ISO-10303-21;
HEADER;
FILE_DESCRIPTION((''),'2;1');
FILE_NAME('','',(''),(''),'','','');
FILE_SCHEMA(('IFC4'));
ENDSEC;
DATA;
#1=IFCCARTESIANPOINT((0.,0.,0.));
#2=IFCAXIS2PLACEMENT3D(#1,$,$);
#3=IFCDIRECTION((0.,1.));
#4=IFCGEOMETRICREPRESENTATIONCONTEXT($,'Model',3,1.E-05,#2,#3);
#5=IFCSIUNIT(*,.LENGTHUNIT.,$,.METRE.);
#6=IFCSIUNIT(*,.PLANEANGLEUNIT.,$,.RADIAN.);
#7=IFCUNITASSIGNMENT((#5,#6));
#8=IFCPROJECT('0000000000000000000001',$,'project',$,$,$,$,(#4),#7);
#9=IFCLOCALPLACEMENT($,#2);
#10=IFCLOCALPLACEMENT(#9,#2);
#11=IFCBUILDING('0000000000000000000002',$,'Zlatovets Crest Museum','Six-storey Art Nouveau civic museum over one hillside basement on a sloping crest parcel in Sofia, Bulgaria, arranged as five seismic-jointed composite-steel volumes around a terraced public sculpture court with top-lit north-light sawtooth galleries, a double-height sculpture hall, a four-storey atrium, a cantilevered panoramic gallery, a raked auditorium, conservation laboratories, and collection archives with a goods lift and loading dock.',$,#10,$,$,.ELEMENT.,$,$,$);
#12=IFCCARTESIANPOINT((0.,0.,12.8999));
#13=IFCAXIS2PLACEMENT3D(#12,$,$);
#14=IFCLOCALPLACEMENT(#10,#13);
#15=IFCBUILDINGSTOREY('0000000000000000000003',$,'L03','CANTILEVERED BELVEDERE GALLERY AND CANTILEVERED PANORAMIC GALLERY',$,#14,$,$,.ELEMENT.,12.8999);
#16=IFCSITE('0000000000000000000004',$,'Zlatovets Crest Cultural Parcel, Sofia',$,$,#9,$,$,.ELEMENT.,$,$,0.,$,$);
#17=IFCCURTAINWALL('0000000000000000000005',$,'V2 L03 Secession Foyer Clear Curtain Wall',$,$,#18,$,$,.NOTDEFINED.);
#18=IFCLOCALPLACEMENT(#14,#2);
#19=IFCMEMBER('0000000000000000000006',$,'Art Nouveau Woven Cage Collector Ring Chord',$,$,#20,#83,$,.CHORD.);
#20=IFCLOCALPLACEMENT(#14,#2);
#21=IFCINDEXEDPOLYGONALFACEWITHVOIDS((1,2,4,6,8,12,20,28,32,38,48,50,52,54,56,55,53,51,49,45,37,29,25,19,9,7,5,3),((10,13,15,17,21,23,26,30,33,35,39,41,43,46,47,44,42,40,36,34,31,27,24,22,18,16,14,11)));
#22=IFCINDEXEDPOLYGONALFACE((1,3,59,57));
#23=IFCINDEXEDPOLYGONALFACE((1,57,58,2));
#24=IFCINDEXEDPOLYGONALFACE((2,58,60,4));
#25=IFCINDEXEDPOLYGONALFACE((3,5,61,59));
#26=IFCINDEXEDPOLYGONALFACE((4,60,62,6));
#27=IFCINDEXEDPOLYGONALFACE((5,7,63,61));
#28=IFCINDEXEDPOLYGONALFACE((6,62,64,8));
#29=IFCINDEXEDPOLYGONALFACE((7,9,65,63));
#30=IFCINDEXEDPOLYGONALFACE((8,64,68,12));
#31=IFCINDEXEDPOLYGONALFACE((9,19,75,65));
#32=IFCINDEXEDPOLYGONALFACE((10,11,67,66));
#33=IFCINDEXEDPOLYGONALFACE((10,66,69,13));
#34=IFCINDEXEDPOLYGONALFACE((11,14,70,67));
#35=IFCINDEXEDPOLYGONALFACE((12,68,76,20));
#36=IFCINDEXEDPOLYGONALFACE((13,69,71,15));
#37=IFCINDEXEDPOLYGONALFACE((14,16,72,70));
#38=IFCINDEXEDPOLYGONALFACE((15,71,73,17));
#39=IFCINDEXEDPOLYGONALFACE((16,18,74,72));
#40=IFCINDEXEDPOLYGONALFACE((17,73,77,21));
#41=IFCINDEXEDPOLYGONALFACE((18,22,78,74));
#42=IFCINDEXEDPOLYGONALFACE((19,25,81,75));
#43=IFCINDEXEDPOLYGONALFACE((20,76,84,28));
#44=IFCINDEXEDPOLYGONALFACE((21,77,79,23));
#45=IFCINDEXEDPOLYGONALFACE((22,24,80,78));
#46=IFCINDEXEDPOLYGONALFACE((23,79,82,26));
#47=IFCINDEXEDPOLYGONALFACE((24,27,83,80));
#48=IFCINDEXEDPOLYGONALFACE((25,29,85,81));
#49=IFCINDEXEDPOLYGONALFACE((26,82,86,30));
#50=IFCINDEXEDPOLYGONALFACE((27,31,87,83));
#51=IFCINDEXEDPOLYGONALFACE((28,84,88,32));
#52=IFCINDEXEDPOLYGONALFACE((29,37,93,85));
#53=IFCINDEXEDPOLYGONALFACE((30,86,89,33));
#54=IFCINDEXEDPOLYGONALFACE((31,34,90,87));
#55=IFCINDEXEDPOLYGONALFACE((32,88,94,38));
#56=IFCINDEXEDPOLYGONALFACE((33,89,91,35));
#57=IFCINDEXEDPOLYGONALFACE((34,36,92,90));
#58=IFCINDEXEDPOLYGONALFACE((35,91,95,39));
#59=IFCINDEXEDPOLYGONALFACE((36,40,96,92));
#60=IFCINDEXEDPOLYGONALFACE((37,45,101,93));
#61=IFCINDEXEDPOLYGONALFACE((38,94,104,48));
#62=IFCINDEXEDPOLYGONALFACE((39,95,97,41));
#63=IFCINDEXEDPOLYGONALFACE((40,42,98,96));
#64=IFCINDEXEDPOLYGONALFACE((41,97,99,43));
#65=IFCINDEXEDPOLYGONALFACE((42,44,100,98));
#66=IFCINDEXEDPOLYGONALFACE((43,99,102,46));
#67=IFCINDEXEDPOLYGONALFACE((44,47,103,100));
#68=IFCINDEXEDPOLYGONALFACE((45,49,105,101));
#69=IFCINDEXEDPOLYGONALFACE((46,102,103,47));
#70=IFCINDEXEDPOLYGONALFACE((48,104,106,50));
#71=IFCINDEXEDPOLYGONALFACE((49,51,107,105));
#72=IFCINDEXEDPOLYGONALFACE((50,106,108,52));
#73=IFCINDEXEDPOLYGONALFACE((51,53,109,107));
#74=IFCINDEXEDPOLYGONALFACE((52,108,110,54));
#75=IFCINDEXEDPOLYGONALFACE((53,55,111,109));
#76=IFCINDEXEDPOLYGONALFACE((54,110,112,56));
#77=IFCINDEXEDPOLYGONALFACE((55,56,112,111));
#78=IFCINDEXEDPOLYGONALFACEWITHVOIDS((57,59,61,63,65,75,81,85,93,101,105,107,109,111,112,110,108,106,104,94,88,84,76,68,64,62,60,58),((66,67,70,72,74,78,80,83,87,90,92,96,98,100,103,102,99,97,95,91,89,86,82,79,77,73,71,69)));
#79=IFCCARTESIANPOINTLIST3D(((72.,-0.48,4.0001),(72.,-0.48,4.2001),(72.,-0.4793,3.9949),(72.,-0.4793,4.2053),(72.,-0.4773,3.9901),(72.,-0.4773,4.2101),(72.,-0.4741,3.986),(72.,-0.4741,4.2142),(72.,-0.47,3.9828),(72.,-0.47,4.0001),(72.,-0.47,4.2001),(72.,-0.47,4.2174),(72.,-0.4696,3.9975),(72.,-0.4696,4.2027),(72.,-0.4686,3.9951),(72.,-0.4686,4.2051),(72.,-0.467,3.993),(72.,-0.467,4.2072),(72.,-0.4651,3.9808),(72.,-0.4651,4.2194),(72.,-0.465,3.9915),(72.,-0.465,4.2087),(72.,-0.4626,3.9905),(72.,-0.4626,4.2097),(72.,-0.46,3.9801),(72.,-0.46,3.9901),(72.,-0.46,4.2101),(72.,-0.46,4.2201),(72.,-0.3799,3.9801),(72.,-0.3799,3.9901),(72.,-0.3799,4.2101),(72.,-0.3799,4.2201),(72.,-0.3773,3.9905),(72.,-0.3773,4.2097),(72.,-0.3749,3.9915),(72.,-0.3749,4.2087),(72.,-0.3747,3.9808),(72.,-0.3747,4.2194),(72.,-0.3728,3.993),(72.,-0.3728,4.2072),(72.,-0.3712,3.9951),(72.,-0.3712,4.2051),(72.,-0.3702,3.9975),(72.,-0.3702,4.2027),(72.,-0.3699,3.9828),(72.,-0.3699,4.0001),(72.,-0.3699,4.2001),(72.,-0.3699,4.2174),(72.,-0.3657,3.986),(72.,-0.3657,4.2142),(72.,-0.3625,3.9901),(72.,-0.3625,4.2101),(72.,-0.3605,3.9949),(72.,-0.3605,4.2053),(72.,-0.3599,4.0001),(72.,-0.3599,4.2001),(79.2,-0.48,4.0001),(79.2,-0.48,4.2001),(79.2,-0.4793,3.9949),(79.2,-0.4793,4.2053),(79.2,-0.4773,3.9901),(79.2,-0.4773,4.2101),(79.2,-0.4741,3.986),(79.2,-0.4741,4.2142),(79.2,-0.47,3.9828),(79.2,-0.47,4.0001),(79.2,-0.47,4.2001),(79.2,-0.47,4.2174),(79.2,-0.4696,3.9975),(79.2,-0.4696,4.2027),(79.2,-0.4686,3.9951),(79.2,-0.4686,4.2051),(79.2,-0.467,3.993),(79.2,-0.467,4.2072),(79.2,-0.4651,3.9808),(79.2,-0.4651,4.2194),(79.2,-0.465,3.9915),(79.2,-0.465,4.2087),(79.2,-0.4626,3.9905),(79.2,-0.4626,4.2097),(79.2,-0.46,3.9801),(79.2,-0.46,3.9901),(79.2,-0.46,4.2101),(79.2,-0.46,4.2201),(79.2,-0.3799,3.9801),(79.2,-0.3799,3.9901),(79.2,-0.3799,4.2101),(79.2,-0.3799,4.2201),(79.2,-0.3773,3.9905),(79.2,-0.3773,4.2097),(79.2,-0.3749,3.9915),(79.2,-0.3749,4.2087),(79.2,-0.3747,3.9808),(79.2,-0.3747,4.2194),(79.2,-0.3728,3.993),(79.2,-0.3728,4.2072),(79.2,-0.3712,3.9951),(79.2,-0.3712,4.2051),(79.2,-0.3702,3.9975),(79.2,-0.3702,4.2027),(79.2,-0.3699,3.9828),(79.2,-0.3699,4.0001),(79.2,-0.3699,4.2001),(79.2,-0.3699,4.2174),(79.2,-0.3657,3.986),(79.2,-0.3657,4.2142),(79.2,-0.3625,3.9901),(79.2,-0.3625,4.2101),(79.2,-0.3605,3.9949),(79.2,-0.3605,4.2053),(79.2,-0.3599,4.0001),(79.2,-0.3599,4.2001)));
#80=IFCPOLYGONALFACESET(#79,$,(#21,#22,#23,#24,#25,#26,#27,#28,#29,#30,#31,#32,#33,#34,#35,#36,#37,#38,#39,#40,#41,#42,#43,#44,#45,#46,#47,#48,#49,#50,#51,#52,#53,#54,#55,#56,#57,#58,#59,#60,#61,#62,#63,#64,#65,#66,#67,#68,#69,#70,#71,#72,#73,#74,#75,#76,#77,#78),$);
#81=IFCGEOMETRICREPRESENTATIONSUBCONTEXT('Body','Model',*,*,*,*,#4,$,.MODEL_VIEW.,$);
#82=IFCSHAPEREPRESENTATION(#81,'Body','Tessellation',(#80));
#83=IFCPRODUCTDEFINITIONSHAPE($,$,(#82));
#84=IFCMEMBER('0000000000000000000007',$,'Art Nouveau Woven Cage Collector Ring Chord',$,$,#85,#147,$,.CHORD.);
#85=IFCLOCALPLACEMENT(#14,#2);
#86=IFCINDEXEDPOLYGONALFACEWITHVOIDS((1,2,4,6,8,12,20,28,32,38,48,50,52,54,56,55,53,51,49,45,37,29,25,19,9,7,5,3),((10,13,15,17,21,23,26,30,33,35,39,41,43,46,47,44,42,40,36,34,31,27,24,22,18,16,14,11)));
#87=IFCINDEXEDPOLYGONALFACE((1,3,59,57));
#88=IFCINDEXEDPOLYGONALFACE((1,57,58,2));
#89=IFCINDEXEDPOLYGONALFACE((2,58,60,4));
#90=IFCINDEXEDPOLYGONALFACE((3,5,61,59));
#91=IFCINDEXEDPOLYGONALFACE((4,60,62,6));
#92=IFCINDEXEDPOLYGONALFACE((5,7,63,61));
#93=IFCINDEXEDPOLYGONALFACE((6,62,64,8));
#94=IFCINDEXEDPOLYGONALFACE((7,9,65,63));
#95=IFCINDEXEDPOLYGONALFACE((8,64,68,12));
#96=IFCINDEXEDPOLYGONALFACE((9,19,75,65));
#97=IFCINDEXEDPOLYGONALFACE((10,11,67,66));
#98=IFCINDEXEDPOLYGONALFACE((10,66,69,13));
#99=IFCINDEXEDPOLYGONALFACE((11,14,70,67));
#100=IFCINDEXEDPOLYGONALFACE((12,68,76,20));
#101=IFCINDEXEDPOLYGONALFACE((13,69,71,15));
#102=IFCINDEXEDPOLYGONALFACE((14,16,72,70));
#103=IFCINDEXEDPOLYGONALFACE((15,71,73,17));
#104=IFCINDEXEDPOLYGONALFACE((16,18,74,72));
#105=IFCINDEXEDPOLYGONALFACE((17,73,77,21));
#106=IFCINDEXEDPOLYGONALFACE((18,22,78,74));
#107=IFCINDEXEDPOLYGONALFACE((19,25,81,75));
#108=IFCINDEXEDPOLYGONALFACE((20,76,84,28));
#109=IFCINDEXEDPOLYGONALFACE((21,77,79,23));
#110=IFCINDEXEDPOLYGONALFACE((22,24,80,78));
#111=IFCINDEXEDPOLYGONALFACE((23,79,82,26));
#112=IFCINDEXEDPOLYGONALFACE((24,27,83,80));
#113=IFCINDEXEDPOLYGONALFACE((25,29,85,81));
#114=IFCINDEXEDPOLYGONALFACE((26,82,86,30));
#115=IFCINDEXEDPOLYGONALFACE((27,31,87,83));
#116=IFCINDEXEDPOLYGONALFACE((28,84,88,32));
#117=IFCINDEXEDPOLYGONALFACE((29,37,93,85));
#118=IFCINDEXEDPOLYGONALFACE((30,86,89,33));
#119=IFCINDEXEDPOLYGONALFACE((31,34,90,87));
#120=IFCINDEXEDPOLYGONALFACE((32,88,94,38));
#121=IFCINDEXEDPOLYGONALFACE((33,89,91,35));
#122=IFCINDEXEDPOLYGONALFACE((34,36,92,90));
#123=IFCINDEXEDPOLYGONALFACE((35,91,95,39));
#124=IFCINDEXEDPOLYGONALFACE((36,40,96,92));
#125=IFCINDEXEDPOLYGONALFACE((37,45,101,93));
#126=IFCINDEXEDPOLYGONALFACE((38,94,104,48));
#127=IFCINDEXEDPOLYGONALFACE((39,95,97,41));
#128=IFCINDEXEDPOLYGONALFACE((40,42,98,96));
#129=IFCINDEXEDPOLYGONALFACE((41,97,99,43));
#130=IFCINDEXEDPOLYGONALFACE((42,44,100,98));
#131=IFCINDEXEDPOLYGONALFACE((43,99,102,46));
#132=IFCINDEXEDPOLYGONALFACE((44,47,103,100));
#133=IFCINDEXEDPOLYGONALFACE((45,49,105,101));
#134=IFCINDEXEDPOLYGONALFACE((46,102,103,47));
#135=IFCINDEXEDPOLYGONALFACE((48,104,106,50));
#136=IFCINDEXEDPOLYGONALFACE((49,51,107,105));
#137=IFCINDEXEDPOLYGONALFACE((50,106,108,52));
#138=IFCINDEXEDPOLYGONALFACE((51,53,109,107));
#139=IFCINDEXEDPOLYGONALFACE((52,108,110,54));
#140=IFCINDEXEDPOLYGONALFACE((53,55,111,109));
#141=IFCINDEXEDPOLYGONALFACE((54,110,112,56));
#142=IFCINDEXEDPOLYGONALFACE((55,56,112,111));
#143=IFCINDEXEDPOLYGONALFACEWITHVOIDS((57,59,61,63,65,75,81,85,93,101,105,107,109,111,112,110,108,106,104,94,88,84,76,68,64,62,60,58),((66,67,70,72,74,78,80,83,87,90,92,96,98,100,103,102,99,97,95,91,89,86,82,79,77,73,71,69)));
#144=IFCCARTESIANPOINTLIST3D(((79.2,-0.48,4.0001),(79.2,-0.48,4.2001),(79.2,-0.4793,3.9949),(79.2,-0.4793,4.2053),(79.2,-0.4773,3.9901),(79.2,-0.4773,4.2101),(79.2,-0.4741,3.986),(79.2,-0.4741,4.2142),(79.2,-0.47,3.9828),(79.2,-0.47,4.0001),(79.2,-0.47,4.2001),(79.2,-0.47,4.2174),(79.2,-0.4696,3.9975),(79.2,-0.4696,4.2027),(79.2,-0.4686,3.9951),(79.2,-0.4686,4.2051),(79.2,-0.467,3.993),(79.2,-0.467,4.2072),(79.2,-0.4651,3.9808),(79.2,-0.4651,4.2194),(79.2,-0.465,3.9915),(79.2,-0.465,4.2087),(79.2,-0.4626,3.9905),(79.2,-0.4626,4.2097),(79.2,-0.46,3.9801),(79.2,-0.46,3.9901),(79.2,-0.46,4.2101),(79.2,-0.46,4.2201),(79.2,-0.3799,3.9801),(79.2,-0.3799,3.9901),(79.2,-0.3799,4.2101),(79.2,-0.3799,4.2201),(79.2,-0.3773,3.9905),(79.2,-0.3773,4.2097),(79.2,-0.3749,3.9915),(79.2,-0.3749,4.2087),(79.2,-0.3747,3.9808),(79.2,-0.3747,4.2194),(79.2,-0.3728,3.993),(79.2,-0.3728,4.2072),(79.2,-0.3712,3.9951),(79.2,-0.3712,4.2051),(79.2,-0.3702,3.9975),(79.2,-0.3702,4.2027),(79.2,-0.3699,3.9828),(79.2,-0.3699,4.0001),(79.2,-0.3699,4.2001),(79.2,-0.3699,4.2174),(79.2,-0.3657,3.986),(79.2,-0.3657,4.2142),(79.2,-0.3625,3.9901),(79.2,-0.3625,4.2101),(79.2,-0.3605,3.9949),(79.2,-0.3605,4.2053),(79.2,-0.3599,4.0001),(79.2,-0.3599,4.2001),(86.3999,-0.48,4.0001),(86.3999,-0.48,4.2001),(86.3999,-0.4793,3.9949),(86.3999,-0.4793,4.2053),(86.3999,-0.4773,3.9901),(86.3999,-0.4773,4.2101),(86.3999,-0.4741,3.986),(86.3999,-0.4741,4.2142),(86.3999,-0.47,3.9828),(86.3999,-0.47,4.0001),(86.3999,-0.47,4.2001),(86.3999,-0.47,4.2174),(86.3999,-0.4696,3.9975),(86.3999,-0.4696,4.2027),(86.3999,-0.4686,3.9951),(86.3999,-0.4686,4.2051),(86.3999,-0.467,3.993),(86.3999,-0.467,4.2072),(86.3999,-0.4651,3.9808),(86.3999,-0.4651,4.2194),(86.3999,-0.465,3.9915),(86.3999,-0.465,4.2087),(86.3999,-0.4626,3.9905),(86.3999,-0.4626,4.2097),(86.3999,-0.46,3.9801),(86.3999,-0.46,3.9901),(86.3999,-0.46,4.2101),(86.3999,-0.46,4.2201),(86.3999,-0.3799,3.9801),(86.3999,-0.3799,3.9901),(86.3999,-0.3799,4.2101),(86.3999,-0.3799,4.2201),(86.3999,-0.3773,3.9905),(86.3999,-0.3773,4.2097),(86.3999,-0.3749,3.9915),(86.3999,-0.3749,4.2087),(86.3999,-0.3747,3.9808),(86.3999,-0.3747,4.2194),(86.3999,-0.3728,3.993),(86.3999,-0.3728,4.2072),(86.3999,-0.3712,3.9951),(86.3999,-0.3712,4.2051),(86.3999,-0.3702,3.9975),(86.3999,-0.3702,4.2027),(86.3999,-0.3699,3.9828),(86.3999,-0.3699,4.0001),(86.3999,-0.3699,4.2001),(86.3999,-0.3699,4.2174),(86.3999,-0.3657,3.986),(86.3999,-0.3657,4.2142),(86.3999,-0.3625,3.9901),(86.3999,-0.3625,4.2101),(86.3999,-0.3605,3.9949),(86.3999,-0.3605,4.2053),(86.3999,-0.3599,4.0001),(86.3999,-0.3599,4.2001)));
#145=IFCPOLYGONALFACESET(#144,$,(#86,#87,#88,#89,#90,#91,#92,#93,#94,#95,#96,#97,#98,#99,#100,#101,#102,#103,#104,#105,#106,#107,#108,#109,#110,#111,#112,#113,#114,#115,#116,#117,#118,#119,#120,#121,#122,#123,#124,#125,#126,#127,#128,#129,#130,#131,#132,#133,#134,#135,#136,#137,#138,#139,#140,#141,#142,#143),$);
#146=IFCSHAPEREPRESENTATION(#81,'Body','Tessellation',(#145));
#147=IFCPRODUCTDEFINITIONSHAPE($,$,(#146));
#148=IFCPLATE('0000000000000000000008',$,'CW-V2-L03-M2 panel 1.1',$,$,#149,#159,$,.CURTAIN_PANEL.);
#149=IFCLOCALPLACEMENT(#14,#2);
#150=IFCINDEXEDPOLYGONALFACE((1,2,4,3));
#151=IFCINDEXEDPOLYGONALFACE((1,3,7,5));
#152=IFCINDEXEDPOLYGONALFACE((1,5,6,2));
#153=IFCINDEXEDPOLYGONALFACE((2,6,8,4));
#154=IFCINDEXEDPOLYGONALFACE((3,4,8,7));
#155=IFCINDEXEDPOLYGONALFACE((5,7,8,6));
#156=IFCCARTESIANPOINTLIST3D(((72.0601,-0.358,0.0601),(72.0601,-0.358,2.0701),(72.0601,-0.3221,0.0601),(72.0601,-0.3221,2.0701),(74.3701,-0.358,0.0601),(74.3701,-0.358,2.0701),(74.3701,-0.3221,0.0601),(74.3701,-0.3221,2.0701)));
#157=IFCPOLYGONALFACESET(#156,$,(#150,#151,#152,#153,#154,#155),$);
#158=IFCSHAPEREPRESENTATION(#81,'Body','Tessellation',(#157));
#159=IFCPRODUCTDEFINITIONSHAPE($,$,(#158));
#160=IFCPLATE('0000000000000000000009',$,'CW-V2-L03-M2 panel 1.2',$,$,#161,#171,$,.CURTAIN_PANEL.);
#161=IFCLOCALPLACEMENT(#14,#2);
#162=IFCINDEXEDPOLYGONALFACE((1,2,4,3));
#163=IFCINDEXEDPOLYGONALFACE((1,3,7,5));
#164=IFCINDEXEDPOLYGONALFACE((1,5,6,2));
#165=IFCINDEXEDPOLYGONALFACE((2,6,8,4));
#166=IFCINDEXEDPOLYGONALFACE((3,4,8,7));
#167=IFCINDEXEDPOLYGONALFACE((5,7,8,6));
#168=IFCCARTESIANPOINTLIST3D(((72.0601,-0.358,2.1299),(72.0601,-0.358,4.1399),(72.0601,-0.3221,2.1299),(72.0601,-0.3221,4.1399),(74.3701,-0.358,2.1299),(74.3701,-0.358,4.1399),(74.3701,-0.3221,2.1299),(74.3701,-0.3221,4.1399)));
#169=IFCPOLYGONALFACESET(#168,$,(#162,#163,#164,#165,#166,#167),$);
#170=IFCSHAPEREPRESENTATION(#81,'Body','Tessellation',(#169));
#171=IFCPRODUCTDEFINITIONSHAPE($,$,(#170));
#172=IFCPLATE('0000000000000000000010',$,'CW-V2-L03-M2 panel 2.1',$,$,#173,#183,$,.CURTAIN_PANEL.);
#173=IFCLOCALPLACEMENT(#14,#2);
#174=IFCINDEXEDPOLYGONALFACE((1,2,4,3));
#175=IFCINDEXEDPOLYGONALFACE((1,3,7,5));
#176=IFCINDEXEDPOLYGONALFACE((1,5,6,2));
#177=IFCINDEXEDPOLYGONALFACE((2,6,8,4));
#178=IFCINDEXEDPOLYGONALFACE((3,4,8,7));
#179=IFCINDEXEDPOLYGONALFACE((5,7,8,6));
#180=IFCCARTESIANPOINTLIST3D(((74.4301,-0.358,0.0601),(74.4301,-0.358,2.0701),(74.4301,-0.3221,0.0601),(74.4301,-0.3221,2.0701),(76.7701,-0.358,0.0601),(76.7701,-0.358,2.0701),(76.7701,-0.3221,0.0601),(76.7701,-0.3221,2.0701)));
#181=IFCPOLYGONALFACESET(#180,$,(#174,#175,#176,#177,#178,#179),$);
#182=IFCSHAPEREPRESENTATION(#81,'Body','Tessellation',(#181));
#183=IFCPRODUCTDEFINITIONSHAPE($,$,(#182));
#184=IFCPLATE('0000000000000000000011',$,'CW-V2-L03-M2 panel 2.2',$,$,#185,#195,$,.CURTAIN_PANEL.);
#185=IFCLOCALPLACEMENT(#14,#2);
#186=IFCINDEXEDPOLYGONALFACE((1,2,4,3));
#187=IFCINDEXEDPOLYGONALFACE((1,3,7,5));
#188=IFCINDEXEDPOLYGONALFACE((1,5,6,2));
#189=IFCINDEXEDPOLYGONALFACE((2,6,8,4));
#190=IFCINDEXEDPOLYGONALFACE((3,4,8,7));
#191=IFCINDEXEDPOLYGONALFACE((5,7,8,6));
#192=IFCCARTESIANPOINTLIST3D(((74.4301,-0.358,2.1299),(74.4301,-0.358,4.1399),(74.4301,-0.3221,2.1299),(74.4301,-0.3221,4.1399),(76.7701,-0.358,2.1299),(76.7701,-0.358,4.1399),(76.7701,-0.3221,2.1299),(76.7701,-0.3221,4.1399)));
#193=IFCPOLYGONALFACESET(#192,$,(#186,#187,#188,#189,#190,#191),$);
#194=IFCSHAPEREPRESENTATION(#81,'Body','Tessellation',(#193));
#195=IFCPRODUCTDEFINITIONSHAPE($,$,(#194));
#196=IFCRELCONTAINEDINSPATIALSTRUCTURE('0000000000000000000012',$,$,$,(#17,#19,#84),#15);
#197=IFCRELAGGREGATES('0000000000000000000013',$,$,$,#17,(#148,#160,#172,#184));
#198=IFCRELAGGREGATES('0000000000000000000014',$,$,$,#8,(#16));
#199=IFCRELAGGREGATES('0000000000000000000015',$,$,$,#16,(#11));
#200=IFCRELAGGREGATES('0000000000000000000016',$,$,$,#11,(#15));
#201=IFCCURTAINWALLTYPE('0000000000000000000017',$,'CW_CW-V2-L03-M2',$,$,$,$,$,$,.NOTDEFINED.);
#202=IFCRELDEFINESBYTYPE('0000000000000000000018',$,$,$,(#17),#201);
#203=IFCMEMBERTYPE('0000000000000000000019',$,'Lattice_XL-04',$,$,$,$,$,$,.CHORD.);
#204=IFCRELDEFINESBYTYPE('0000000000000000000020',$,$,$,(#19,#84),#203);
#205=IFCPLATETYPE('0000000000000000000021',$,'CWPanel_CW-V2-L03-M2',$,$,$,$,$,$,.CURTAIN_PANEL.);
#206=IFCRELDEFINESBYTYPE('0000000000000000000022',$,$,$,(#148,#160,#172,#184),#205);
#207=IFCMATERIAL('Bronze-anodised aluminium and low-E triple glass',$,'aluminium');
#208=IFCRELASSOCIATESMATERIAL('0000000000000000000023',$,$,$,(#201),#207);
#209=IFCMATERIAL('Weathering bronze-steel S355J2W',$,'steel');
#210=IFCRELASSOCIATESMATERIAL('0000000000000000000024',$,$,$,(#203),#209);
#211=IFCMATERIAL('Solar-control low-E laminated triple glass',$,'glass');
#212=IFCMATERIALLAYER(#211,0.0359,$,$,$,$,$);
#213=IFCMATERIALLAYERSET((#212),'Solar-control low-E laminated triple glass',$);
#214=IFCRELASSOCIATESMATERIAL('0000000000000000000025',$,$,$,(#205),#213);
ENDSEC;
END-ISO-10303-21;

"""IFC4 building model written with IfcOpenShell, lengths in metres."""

from ifc_helpers import new_model, si_unit, direction, frame, origin, origin_2d, place, context, subcontext, project, spatial, rectangle, hollow_rectangle, extrude, material, layer, layer_set, material_profile, profile_set, type_object, element, aggregate, save


model = new_model("IFC4")

# Units and contexts
model_context = context("Model", 3, precision=1e-05, world=origin(), true_north=direction((0.0, 1.0)))
body_context = subcontext(model_context, "Body", "Model", "MODEL_VIEW")
ifc_project = project(units=[si_unit("LENGTHUNIT", "METRE"), si_unit("PLANEANGLEUNIT", "RADIAN")], contexts=[model_context])

# Site, building, storey
site_placement = place(None, origin())
site = spatial("IfcSite", under=ifc_project, at=site_placement, Name="Zlatovets Crest Cultural Parcel, Sofia", CompositionType="ELEMENT", RefElevation=0.0)
building_placement = place(site_placement, origin())
building = spatial("IfcBuilding", under=site, at=building_placement, Name="Zlatovets Crest Museum", Description="Six-storey Art Nouveau civic museum over one hillside basement on a sloping crest parcel in Sofia, Bulgaria, arranged as five seismic-jointed composite-steel volumes around a terraced public sculpture court with top-lit north-light sawtooth galleries, a double-height sculpture hall, a four-storey atrium, a cantilevered panoramic gallery, a raked auditorium, conservation laboratories, and collection archives with a goods lift and loading dock.", CompositionType="ELEMENT")
storey_placement = place(building_placement, frame((0.0, 0.0, 12.8999)))
storey = spatial("IfcBuildingStorey", under=building, at=storey_placement, Name="L03", Description="CANTILEVERED BELVEDERE GALLERY AND CANTILEVERED PANORAMIC GALLERY", CompositionType="ELEMENT", Elevation=12.8999)

# Shared definitions
ifc_material_1 = material(Name="Bronze-anodised aluminium and low-E triple glass", Category="aluminium")

# Curtain wall
curtain_wall_type_1 = type_object("IfcCurtainWallType", Name="CW_CW-V2-L03-M2", PredefinedType="NOTDEFINED", material=ifc_material_1)
curtain_wall_1_placement = place(storey_placement, origin())
curtain_wall_1 = element("IfcCurtainWall", 1, at=curtain_wall_1_placement, inside=storey, type_object=curtain_wall_type_1, Name="V2 L03 Secession Foyer Clear Curtain Wall", PredefinedType="NOTDEFINED")

# Members
ifc_material_2 = material(Name="Weathering bronze-steel S355J2W", Category="steel")
ifc_material_profile_1 = material_profile(ifc_material_2, hollow_rectangle(XDim=0.1201, YDim=0.24, WallThickness=0.01, InnerFilletRadius=0.01, OuterFilletRadius=0.02, at=origin_2d()), Name="RHS 120x240x10.0")
ifc_profile_set_1 = profile_set([ifc_material_profile_1], Name="Weathering bronze-steel S355J2W")
member_type_1 = type_object("IfcMemberType", Name="Lattice_XL-04", PredefinedType="CHORD", material=ifc_profile_set_1)
for number, where, z_axis, x_axis, name in (
    (2, (72.0, -0.4199, 4.1001), (1.0, 0.0, 0.0), (0.0, 1.0, 0.0), "Art Nouveau Woven Cage Collector Ring Chord"),
    (3, (79.2, -0.4199, 4.1001), (1.0, 0.0, 0.0), (0.0, 1.0, 0.0), "Art Nouveau Woven Cage Collector Ring Chord"),
):
    element("IfcMember", number, at=place(storey_placement, frame(where, z_axis=z_axis, x_axis=x_axis)), inside=storey, type_object=member_type_1, Name=name, PredefinedType="CHORD", context=body_context, shape_type="SweptSolid", body=[
        extrude(hollow_rectangle(XDim=0.1201, YDim=0.24, WallThickness=0.01, InnerFilletRadius=0.01, OuterFilletRadius=0.02, at=origin_2d()), origin(), (0.0, 0.0, 1.0), 7.2),
    ])

# Plates
ifc_material_3 = material(Name="Solar-control low-E laminated triple glass", Category="glass")
ifc_layer_1 = layer(ifc_material_3, 0.0359)
ifc_layer_set_1 = layer_set([ifc_layer_1], Name="Solar-control low-E laminated triple glass")
plate_type_1 = type_object("IfcPlateType", Name="CWPanel_CW-V2-L03-M2", PredefinedType="CURTAIN_PANEL", material=ifc_layer_set_1)
plate_1_placement = place(storey_placement, frame((73.2151, -0.3401, 0.0601), z_axis=(0.0, 0.0, 1.0), x_axis=(1.0, 0.0, 0.0)))
plate_1 = element("IfcPlate", 4, at=plate_1_placement, type_object=plate_type_1, Name="CW-V2-L03-M2 panel 1.1", PredefinedType="CURTAIN_PANEL", context=body_context, shape_type="SweptSolid", body=[
    extrude(rectangle(XDim=2.3101, YDim=0.0359, at=origin_2d()), origin(), (0.0, 0.0, 1.0), 2.01),
])
plate_2_placement = place(storey_placement, frame((73.2151, -0.3401, 2.1299), z_axis=(0.0, 0.0, 1.0), x_axis=(1.0, 0.0, 0.0)))
plate_2 = element("IfcPlate", 5, at=plate_2_placement, type_object=plate_type_1, Name="CW-V2-L03-M2 panel 1.2", PredefinedType="CURTAIN_PANEL", context=body_context, shape_type="SweptSolid", body=[
    extrude(rectangle(XDim=2.3101, YDim=0.0359, at=origin_2d()), origin(), (0.0, 0.0, 1.0), 2.01),
])
plate_3_placement = place(storey_placement, frame((75.6001, -0.3401, 0.0601), z_axis=(0.0, 0.0, 1.0), x_axis=(1.0, 0.0, 0.0)))
plate_3 = element("IfcPlate", 6, at=plate_3_placement, type_object=plate_type_1, Name="CW-V2-L03-M2 panel 2.1", PredefinedType="CURTAIN_PANEL", context=body_context, shape_type="SweptSolid", body=[
    extrude(rectangle(XDim=2.3401, YDim=0.0359, at=origin_2d()), origin(), (0.0, 0.0, 1.0), 2.01),
])
plate_4_placement = place(storey_placement, frame((75.6001, -0.3401, 2.1299), z_axis=(0.0, 0.0, 1.0), x_axis=(1.0, 0.0, 0.0)))
plate_4 = element("IfcPlate", 7, at=plate_4_placement, type_object=plate_type_1, Name="CW-V2-L03-M2 panel 2.2", PredefinedType="CURTAIN_PANEL", context=body_context, shape_type="SweptSolid", body=[
    extrude(rectangle(XDim=2.3401, YDim=0.0359, at=origin_2d()), origin(), (0.0, 0.0, 1.0), 2.01),
])
aggregate(curtain_wall_1, [plate_1, plate_2, plate_3, plate_4])

save(model, "model.ifc")
